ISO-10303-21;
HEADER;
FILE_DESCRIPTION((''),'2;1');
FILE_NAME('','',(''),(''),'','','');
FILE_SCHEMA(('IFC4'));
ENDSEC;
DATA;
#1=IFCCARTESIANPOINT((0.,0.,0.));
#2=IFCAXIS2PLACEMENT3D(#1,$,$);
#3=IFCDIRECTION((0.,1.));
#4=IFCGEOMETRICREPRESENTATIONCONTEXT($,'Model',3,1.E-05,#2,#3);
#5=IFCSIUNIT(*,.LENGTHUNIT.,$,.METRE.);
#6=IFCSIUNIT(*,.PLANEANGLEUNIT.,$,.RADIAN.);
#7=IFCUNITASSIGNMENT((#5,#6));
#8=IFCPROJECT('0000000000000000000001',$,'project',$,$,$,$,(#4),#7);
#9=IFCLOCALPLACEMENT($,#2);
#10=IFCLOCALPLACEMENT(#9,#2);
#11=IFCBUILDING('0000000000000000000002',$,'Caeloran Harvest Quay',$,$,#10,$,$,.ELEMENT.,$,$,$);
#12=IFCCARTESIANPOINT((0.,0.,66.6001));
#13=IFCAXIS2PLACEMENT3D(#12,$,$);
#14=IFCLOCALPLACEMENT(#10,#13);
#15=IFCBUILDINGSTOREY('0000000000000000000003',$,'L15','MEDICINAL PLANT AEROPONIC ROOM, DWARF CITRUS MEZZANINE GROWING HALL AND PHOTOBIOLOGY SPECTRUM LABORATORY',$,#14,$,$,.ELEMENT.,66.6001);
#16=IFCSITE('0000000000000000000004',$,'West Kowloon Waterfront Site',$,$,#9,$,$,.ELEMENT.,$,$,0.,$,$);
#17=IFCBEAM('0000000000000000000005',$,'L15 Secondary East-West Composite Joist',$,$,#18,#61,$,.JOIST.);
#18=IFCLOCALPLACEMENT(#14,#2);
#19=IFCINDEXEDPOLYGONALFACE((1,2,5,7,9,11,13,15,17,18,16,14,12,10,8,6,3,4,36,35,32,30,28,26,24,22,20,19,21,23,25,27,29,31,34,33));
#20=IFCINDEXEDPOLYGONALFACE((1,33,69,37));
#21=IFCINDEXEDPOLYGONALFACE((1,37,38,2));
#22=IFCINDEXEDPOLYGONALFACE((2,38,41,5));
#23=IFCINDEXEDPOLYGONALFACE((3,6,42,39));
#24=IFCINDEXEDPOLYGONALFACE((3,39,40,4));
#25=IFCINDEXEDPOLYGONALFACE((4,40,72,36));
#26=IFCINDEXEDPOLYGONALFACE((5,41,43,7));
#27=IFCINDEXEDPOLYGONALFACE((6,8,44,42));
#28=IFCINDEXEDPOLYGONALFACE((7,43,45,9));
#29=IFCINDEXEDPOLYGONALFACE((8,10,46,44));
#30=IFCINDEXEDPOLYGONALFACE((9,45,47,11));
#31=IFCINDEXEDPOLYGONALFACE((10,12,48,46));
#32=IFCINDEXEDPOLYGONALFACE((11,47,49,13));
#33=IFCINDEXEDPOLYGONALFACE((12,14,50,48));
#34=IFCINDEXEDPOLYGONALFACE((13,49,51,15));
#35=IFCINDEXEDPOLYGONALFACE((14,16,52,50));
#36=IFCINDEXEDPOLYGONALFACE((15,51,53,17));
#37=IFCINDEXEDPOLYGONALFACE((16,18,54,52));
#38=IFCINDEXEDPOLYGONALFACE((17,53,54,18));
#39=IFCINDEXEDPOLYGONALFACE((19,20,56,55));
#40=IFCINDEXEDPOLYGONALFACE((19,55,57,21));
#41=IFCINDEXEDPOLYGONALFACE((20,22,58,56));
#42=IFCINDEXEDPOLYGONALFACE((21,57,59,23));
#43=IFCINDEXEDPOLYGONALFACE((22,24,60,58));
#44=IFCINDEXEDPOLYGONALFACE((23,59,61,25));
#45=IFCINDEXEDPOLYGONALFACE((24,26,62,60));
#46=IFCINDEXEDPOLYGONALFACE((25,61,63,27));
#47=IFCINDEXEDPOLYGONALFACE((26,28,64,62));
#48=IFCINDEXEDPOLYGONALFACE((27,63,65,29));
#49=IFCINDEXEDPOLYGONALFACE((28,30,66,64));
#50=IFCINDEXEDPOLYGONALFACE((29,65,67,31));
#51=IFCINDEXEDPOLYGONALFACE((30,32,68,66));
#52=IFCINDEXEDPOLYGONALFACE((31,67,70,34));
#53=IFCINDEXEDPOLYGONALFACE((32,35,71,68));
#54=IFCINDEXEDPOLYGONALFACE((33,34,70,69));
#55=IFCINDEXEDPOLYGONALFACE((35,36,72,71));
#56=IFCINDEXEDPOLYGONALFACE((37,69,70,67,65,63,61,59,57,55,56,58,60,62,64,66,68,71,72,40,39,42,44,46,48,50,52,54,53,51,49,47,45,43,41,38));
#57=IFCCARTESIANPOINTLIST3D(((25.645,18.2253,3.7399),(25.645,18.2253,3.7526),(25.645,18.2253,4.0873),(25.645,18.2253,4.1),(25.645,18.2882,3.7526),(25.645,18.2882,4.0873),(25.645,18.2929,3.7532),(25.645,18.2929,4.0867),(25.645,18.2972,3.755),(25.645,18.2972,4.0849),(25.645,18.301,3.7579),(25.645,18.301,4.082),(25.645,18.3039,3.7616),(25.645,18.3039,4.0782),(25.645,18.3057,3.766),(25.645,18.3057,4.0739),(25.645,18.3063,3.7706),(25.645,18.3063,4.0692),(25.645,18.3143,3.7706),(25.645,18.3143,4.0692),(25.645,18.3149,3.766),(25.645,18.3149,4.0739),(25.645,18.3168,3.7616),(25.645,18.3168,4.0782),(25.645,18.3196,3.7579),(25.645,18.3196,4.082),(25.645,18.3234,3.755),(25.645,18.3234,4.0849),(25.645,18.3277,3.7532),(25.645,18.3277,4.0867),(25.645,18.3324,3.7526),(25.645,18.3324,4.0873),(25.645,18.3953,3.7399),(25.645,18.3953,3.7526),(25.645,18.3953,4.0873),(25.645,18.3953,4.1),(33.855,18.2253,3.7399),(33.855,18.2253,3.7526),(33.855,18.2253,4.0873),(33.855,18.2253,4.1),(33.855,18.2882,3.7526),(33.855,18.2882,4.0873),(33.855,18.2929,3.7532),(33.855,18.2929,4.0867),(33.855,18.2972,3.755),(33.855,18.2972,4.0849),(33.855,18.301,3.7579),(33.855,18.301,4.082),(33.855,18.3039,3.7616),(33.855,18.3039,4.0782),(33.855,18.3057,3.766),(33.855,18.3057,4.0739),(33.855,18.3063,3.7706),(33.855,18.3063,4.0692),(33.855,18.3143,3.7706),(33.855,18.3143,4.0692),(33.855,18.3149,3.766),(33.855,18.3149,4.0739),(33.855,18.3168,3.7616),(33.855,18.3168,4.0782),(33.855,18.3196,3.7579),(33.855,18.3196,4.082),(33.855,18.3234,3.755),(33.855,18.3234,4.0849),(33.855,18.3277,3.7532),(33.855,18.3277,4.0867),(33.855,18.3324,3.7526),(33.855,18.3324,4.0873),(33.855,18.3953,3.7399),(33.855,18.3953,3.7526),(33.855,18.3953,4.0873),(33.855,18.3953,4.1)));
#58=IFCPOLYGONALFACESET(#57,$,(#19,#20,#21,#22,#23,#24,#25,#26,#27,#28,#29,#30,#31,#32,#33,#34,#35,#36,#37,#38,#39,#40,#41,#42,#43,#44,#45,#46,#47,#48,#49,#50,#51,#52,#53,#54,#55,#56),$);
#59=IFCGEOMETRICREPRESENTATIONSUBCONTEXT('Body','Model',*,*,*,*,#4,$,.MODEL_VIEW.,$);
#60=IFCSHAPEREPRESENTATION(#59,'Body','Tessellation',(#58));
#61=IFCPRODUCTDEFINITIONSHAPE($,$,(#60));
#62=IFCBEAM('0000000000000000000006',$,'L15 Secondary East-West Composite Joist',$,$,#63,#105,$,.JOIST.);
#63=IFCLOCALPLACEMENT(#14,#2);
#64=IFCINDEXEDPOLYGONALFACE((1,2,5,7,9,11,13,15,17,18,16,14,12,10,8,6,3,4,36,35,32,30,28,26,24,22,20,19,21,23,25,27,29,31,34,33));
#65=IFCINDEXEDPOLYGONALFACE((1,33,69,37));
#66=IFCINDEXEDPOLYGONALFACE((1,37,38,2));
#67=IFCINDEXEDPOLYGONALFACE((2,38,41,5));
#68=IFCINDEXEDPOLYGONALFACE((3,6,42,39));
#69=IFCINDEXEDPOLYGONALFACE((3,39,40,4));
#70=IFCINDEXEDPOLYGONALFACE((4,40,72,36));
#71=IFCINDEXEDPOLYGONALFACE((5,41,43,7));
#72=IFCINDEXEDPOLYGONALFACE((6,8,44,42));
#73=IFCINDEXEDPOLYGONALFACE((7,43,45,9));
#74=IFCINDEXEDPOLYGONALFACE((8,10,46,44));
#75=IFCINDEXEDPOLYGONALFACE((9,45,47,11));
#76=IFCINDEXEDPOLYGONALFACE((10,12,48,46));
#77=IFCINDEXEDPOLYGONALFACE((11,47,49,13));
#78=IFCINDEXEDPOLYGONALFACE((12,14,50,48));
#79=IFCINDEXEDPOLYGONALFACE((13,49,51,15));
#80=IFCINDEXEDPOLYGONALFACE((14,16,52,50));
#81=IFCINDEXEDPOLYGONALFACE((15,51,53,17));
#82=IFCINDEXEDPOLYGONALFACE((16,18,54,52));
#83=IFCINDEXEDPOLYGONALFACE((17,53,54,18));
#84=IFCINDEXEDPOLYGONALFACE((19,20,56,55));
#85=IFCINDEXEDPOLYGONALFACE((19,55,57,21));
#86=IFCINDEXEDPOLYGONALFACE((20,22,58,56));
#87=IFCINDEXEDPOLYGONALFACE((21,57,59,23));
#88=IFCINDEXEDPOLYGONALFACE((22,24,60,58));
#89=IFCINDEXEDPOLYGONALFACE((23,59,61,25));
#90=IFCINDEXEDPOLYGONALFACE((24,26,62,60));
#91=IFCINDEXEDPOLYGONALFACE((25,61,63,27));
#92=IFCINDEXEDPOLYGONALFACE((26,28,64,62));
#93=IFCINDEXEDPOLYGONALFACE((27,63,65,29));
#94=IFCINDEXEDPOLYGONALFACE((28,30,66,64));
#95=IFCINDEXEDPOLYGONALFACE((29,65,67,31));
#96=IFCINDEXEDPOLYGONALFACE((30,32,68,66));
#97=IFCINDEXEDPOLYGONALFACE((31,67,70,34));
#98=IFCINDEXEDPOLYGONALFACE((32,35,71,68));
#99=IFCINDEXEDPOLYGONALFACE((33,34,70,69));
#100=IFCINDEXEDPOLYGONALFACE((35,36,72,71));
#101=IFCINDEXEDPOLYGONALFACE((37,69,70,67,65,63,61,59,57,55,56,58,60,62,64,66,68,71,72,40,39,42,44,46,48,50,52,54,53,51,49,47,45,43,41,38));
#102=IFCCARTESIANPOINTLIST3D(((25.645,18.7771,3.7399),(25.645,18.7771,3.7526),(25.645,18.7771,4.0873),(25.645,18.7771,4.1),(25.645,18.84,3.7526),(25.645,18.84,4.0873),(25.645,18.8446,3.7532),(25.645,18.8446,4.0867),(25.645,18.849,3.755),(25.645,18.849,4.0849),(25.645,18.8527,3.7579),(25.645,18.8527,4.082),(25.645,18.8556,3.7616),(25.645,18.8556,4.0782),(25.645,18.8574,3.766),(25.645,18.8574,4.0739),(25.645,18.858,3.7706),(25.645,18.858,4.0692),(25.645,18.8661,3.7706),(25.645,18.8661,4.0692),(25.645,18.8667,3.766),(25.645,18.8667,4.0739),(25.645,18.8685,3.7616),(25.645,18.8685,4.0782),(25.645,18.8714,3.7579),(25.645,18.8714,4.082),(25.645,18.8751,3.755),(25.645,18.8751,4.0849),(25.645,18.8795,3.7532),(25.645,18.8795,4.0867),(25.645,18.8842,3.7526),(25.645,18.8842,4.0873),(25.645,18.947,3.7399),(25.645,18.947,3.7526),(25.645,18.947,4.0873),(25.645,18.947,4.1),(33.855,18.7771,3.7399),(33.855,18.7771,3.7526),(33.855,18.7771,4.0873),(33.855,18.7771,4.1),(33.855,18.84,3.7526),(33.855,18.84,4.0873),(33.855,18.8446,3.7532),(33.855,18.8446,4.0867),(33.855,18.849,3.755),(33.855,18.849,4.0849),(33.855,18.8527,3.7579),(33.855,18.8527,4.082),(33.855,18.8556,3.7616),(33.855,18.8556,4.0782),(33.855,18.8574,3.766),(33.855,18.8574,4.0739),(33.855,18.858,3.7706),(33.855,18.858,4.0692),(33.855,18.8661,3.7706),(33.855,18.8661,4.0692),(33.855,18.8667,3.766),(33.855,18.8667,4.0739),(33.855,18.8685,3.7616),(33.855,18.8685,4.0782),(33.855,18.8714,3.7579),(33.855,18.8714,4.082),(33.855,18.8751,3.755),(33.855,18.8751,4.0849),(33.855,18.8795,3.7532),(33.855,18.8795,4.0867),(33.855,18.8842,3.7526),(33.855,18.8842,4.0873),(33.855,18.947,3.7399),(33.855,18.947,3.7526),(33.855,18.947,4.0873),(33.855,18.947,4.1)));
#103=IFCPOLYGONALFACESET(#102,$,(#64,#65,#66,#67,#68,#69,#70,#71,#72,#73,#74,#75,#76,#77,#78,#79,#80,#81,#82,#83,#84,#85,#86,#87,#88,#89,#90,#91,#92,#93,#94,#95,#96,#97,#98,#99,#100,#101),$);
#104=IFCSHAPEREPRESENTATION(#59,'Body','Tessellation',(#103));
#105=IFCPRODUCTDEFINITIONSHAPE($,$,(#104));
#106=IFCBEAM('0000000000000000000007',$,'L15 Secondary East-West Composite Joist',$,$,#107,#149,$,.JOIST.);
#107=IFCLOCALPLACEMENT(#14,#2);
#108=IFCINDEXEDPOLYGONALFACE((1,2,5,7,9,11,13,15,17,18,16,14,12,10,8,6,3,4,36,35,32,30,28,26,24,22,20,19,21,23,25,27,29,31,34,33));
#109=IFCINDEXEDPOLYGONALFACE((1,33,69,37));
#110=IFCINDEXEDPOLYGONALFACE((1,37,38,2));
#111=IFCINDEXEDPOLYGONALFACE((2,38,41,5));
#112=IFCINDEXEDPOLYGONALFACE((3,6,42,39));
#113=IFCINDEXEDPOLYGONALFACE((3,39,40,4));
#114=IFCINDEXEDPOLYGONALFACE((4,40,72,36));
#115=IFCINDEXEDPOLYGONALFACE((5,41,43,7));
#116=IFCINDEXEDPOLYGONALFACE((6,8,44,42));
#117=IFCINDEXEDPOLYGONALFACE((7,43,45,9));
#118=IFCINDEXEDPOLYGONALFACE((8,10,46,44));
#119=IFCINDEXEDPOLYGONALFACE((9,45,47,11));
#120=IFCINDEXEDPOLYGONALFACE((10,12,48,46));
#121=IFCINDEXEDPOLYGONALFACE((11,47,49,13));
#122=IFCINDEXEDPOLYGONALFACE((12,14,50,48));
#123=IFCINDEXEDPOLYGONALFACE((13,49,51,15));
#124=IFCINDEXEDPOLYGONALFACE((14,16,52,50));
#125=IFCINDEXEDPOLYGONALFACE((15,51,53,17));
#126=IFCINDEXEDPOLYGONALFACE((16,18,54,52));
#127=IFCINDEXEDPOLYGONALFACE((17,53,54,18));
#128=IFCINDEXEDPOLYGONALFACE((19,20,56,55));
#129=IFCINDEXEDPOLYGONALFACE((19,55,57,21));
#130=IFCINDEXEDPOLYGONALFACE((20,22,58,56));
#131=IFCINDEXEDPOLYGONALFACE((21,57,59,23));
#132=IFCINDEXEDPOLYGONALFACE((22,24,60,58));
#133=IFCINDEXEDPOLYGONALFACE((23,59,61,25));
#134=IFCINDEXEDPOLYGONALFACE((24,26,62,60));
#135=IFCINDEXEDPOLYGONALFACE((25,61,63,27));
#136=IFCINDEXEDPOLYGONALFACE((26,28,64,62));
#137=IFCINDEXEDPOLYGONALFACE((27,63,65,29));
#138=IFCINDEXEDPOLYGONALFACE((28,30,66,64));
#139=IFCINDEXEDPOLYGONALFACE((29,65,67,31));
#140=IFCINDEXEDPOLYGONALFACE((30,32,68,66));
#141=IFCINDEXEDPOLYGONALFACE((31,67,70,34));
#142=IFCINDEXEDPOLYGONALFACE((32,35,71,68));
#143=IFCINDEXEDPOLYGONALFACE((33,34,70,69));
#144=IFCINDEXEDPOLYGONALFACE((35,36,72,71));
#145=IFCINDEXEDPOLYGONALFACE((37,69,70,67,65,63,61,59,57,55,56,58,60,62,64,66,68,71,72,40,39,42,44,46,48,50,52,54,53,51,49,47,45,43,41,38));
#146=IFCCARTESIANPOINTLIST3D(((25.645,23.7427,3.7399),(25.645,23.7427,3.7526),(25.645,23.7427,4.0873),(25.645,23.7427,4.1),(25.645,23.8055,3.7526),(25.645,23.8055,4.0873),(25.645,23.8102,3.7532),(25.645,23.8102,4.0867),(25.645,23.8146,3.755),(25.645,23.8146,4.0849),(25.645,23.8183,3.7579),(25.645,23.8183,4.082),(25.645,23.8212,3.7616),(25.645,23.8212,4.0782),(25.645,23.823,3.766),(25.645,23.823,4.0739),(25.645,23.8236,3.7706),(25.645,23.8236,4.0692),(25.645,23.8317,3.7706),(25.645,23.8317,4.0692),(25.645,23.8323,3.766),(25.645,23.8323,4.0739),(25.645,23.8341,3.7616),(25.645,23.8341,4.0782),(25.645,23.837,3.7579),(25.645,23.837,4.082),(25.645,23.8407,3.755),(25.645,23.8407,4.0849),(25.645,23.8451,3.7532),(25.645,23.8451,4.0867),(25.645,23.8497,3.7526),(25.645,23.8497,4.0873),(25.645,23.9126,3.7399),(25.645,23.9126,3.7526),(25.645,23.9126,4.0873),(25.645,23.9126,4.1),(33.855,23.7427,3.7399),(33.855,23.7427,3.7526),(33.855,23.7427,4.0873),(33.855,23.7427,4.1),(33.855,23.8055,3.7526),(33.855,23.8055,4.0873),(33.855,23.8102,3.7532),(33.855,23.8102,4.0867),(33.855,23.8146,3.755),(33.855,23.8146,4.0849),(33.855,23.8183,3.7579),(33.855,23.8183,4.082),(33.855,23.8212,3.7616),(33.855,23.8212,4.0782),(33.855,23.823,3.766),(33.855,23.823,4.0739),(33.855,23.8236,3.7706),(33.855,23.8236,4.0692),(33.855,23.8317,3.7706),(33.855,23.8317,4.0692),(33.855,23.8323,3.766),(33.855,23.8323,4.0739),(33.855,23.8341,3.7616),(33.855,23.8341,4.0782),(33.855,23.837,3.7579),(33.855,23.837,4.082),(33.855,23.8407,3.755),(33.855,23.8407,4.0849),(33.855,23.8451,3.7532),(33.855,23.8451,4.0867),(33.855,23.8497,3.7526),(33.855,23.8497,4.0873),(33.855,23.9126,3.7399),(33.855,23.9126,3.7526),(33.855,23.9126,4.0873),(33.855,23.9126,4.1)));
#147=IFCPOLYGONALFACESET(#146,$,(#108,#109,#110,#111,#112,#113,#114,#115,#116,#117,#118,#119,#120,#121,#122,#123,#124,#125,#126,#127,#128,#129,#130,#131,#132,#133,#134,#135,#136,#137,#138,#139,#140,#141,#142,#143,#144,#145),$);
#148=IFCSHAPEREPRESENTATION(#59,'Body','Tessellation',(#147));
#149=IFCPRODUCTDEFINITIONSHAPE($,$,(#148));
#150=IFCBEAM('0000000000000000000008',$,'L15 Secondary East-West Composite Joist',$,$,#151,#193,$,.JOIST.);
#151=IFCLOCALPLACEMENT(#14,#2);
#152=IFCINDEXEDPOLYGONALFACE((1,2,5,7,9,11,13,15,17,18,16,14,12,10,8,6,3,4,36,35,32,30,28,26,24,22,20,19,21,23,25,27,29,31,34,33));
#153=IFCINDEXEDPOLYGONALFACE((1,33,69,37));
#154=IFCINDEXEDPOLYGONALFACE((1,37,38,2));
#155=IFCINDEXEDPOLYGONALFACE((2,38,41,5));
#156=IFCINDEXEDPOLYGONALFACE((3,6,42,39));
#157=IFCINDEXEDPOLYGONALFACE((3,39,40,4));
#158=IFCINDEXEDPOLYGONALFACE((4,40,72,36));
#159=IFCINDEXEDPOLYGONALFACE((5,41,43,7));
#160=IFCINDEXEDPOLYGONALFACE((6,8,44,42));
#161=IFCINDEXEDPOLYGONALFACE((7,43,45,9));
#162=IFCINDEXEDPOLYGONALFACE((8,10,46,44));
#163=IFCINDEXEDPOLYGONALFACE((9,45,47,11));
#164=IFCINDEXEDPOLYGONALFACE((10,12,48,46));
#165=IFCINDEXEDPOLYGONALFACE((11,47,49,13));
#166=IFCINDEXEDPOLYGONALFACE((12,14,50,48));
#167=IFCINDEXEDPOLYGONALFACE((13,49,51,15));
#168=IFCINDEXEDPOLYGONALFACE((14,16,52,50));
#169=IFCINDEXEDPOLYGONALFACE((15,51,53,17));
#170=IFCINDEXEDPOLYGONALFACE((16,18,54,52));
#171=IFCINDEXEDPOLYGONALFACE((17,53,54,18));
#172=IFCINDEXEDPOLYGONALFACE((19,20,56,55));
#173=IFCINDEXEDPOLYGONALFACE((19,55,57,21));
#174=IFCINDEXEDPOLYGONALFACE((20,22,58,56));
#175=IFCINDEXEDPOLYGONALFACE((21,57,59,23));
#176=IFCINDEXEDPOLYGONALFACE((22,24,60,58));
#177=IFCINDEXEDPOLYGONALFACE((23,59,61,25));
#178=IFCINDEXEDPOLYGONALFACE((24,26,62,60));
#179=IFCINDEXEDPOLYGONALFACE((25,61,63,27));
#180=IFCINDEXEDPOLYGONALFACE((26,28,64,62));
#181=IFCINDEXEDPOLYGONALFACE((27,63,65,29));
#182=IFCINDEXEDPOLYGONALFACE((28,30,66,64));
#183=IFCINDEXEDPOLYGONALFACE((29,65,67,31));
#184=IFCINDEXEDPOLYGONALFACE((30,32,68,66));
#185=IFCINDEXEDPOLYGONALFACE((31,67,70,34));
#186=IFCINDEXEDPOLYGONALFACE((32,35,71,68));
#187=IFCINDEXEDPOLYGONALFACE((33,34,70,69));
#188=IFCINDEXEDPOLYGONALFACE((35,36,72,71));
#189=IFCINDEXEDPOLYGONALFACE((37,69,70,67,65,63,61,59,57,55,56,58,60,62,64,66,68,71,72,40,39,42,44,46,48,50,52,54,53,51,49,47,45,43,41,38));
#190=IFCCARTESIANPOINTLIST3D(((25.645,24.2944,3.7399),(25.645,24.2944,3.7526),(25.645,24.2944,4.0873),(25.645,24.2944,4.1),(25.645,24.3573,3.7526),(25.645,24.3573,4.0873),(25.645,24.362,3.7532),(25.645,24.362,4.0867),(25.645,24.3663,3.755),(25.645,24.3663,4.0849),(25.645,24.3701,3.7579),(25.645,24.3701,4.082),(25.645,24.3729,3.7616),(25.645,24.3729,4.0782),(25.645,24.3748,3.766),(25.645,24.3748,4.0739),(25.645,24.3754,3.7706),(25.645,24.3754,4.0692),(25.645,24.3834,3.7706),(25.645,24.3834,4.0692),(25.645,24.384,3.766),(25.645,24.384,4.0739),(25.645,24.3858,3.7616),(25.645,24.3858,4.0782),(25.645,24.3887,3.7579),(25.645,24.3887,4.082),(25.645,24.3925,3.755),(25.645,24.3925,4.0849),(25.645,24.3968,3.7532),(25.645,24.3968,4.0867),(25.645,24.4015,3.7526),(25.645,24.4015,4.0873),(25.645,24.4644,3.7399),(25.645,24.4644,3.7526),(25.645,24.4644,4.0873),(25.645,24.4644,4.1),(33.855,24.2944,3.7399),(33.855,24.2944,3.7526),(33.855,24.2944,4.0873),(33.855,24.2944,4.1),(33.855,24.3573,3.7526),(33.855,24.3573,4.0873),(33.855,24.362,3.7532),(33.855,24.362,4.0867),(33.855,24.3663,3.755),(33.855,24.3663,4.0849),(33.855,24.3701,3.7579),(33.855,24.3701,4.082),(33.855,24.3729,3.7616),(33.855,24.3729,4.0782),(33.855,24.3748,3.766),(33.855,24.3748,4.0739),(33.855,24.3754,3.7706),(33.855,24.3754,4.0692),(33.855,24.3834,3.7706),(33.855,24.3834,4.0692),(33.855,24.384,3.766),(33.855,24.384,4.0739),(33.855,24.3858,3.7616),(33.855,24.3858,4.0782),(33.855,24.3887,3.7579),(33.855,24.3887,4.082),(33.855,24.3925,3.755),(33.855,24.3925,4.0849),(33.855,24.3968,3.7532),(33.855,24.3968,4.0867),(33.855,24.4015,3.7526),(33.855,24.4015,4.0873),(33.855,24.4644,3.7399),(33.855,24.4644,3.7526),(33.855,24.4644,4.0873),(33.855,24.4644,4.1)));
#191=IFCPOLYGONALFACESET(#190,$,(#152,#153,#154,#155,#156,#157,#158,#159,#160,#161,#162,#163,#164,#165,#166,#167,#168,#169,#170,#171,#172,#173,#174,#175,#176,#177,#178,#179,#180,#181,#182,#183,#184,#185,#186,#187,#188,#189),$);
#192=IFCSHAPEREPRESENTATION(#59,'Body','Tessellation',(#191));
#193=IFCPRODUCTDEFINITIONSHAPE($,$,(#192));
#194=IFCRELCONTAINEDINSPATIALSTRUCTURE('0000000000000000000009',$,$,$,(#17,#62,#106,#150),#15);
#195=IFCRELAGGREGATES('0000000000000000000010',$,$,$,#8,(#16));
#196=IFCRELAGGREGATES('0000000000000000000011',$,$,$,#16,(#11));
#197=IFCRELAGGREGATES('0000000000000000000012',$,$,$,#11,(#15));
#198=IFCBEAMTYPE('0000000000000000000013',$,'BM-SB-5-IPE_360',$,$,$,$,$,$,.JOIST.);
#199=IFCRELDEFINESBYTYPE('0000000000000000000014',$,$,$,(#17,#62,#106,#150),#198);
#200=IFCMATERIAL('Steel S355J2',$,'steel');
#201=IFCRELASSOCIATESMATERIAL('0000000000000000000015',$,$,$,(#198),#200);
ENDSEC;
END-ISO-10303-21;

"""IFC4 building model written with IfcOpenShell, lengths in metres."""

from ifc_helpers import new_model, si_unit, direction, frame, origin, origin_2d, place, context, subcontext, project, spatial, i_section, extrude, material, material_profile, profile_set, type_object, element, save


model = new_model("IFC4")

# Units and contexts
model_context = context("Model", 3, precision=1e-05, world=origin(), true_north=direction((0.0, 1.0)))
body_context = subcontext(model_context, "Body", "Model", "MODEL_VIEW")
ifc_project = project(units=[si_unit("LENGTHUNIT", "METRE"), si_unit("PLANEANGLEUNIT", "RADIAN")], contexts=[model_context])

# Site, building, storey
site_placement = place(None, origin())
site = spatial("IfcSite", under=ifc_project, at=site_placement, Name="West Kowloon Waterfront Site", CompositionType="ELEMENT", RefElevation=0.0)
building_placement = place(site_placement, origin())
building = spatial("IfcBuilding", under=site, at=building_placement, Name="Caeloran Harvest Quay", CompositionType="ELEMENT")
storey_placement = place(building_placement, frame((0.0, 0.0, 66.6001)))
storey = spatial("IfcBuildingStorey", under=building, at=storey_placement, Name="L15", Description="MEDICINAL PLANT AEROPONIC ROOM, DWARF CITRUS MEZZANINE GROWING HALL AND PHOTOBIOLOGY SPECTRUM LABORATORY", CompositionType="ELEMENT", Elevation=66.6001)

# Beams
ifc_material_1 = material(Name="Steel S355J2", Category="steel")
ifc_material_profile_1 = material_profile(ifc_material_1, i_section(OverallWidth=0.1699, OverallDepth=0.3601, WebThickness=0.0081, FlangeThickness=0.0127, FilletRadius=0.0181, at=origin_2d()), Name="IPE 360")
ifc_profile_set_1 = profile_set([ifc_material_profile_1], Name="Steel S355J2")
beam_type_1 = type_object("IfcBeamType", Name="BM-SB-5-IPE_360", PredefinedType="JOIST", material=ifc_profile_set_1)
for number, where, z_axis, x_axis, name in (
    (1, (25.645, 18.3103, 3.9199), (1.0, 0.0, 0.0), (0.0, 1.0, 0.0), "L15 Secondary East-West Composite Joist"),
    (2, (25.645, 18.8621, 3.9199), (1.0, 0.0, 0.0), (0.0, 1.0, 0.0), "L15 Secondary East-West Composite Joist"),
    (3, (25.645, 23.8276, 3.9199), (1.0, 0.0, 0.0), (0.0, 1.0, 0.0), "L15 Secondary East-West Composite Joist"),
    (4, (25.645, 24.3794, 3.9199), (1.0, 0.0, 0.0), (0.0, 1.0, 0.0), "L15 Secondary East-West Composite Joist"),
):
    element("IfcBeam", number, at=place(storey_placement, frame(where, z_axis=z_axis, x_axis=x_axis)), inside=storey, type_object=beam_type_1, Name=name, PredefinedType="JOIST", context=body_context, shape_type="SweptSolid", body=[
        extrude(i_section(OverallWidth=0.1699, OverallDepth=0.3601, WebThickness=0.0081, FlangeThickness=0.0127, FilletRadius=0.0181, at=origin_2d()), origin(), (0.0, 0.0, 1.0), 8.21),
    ])

save(model, "model.ifc")
